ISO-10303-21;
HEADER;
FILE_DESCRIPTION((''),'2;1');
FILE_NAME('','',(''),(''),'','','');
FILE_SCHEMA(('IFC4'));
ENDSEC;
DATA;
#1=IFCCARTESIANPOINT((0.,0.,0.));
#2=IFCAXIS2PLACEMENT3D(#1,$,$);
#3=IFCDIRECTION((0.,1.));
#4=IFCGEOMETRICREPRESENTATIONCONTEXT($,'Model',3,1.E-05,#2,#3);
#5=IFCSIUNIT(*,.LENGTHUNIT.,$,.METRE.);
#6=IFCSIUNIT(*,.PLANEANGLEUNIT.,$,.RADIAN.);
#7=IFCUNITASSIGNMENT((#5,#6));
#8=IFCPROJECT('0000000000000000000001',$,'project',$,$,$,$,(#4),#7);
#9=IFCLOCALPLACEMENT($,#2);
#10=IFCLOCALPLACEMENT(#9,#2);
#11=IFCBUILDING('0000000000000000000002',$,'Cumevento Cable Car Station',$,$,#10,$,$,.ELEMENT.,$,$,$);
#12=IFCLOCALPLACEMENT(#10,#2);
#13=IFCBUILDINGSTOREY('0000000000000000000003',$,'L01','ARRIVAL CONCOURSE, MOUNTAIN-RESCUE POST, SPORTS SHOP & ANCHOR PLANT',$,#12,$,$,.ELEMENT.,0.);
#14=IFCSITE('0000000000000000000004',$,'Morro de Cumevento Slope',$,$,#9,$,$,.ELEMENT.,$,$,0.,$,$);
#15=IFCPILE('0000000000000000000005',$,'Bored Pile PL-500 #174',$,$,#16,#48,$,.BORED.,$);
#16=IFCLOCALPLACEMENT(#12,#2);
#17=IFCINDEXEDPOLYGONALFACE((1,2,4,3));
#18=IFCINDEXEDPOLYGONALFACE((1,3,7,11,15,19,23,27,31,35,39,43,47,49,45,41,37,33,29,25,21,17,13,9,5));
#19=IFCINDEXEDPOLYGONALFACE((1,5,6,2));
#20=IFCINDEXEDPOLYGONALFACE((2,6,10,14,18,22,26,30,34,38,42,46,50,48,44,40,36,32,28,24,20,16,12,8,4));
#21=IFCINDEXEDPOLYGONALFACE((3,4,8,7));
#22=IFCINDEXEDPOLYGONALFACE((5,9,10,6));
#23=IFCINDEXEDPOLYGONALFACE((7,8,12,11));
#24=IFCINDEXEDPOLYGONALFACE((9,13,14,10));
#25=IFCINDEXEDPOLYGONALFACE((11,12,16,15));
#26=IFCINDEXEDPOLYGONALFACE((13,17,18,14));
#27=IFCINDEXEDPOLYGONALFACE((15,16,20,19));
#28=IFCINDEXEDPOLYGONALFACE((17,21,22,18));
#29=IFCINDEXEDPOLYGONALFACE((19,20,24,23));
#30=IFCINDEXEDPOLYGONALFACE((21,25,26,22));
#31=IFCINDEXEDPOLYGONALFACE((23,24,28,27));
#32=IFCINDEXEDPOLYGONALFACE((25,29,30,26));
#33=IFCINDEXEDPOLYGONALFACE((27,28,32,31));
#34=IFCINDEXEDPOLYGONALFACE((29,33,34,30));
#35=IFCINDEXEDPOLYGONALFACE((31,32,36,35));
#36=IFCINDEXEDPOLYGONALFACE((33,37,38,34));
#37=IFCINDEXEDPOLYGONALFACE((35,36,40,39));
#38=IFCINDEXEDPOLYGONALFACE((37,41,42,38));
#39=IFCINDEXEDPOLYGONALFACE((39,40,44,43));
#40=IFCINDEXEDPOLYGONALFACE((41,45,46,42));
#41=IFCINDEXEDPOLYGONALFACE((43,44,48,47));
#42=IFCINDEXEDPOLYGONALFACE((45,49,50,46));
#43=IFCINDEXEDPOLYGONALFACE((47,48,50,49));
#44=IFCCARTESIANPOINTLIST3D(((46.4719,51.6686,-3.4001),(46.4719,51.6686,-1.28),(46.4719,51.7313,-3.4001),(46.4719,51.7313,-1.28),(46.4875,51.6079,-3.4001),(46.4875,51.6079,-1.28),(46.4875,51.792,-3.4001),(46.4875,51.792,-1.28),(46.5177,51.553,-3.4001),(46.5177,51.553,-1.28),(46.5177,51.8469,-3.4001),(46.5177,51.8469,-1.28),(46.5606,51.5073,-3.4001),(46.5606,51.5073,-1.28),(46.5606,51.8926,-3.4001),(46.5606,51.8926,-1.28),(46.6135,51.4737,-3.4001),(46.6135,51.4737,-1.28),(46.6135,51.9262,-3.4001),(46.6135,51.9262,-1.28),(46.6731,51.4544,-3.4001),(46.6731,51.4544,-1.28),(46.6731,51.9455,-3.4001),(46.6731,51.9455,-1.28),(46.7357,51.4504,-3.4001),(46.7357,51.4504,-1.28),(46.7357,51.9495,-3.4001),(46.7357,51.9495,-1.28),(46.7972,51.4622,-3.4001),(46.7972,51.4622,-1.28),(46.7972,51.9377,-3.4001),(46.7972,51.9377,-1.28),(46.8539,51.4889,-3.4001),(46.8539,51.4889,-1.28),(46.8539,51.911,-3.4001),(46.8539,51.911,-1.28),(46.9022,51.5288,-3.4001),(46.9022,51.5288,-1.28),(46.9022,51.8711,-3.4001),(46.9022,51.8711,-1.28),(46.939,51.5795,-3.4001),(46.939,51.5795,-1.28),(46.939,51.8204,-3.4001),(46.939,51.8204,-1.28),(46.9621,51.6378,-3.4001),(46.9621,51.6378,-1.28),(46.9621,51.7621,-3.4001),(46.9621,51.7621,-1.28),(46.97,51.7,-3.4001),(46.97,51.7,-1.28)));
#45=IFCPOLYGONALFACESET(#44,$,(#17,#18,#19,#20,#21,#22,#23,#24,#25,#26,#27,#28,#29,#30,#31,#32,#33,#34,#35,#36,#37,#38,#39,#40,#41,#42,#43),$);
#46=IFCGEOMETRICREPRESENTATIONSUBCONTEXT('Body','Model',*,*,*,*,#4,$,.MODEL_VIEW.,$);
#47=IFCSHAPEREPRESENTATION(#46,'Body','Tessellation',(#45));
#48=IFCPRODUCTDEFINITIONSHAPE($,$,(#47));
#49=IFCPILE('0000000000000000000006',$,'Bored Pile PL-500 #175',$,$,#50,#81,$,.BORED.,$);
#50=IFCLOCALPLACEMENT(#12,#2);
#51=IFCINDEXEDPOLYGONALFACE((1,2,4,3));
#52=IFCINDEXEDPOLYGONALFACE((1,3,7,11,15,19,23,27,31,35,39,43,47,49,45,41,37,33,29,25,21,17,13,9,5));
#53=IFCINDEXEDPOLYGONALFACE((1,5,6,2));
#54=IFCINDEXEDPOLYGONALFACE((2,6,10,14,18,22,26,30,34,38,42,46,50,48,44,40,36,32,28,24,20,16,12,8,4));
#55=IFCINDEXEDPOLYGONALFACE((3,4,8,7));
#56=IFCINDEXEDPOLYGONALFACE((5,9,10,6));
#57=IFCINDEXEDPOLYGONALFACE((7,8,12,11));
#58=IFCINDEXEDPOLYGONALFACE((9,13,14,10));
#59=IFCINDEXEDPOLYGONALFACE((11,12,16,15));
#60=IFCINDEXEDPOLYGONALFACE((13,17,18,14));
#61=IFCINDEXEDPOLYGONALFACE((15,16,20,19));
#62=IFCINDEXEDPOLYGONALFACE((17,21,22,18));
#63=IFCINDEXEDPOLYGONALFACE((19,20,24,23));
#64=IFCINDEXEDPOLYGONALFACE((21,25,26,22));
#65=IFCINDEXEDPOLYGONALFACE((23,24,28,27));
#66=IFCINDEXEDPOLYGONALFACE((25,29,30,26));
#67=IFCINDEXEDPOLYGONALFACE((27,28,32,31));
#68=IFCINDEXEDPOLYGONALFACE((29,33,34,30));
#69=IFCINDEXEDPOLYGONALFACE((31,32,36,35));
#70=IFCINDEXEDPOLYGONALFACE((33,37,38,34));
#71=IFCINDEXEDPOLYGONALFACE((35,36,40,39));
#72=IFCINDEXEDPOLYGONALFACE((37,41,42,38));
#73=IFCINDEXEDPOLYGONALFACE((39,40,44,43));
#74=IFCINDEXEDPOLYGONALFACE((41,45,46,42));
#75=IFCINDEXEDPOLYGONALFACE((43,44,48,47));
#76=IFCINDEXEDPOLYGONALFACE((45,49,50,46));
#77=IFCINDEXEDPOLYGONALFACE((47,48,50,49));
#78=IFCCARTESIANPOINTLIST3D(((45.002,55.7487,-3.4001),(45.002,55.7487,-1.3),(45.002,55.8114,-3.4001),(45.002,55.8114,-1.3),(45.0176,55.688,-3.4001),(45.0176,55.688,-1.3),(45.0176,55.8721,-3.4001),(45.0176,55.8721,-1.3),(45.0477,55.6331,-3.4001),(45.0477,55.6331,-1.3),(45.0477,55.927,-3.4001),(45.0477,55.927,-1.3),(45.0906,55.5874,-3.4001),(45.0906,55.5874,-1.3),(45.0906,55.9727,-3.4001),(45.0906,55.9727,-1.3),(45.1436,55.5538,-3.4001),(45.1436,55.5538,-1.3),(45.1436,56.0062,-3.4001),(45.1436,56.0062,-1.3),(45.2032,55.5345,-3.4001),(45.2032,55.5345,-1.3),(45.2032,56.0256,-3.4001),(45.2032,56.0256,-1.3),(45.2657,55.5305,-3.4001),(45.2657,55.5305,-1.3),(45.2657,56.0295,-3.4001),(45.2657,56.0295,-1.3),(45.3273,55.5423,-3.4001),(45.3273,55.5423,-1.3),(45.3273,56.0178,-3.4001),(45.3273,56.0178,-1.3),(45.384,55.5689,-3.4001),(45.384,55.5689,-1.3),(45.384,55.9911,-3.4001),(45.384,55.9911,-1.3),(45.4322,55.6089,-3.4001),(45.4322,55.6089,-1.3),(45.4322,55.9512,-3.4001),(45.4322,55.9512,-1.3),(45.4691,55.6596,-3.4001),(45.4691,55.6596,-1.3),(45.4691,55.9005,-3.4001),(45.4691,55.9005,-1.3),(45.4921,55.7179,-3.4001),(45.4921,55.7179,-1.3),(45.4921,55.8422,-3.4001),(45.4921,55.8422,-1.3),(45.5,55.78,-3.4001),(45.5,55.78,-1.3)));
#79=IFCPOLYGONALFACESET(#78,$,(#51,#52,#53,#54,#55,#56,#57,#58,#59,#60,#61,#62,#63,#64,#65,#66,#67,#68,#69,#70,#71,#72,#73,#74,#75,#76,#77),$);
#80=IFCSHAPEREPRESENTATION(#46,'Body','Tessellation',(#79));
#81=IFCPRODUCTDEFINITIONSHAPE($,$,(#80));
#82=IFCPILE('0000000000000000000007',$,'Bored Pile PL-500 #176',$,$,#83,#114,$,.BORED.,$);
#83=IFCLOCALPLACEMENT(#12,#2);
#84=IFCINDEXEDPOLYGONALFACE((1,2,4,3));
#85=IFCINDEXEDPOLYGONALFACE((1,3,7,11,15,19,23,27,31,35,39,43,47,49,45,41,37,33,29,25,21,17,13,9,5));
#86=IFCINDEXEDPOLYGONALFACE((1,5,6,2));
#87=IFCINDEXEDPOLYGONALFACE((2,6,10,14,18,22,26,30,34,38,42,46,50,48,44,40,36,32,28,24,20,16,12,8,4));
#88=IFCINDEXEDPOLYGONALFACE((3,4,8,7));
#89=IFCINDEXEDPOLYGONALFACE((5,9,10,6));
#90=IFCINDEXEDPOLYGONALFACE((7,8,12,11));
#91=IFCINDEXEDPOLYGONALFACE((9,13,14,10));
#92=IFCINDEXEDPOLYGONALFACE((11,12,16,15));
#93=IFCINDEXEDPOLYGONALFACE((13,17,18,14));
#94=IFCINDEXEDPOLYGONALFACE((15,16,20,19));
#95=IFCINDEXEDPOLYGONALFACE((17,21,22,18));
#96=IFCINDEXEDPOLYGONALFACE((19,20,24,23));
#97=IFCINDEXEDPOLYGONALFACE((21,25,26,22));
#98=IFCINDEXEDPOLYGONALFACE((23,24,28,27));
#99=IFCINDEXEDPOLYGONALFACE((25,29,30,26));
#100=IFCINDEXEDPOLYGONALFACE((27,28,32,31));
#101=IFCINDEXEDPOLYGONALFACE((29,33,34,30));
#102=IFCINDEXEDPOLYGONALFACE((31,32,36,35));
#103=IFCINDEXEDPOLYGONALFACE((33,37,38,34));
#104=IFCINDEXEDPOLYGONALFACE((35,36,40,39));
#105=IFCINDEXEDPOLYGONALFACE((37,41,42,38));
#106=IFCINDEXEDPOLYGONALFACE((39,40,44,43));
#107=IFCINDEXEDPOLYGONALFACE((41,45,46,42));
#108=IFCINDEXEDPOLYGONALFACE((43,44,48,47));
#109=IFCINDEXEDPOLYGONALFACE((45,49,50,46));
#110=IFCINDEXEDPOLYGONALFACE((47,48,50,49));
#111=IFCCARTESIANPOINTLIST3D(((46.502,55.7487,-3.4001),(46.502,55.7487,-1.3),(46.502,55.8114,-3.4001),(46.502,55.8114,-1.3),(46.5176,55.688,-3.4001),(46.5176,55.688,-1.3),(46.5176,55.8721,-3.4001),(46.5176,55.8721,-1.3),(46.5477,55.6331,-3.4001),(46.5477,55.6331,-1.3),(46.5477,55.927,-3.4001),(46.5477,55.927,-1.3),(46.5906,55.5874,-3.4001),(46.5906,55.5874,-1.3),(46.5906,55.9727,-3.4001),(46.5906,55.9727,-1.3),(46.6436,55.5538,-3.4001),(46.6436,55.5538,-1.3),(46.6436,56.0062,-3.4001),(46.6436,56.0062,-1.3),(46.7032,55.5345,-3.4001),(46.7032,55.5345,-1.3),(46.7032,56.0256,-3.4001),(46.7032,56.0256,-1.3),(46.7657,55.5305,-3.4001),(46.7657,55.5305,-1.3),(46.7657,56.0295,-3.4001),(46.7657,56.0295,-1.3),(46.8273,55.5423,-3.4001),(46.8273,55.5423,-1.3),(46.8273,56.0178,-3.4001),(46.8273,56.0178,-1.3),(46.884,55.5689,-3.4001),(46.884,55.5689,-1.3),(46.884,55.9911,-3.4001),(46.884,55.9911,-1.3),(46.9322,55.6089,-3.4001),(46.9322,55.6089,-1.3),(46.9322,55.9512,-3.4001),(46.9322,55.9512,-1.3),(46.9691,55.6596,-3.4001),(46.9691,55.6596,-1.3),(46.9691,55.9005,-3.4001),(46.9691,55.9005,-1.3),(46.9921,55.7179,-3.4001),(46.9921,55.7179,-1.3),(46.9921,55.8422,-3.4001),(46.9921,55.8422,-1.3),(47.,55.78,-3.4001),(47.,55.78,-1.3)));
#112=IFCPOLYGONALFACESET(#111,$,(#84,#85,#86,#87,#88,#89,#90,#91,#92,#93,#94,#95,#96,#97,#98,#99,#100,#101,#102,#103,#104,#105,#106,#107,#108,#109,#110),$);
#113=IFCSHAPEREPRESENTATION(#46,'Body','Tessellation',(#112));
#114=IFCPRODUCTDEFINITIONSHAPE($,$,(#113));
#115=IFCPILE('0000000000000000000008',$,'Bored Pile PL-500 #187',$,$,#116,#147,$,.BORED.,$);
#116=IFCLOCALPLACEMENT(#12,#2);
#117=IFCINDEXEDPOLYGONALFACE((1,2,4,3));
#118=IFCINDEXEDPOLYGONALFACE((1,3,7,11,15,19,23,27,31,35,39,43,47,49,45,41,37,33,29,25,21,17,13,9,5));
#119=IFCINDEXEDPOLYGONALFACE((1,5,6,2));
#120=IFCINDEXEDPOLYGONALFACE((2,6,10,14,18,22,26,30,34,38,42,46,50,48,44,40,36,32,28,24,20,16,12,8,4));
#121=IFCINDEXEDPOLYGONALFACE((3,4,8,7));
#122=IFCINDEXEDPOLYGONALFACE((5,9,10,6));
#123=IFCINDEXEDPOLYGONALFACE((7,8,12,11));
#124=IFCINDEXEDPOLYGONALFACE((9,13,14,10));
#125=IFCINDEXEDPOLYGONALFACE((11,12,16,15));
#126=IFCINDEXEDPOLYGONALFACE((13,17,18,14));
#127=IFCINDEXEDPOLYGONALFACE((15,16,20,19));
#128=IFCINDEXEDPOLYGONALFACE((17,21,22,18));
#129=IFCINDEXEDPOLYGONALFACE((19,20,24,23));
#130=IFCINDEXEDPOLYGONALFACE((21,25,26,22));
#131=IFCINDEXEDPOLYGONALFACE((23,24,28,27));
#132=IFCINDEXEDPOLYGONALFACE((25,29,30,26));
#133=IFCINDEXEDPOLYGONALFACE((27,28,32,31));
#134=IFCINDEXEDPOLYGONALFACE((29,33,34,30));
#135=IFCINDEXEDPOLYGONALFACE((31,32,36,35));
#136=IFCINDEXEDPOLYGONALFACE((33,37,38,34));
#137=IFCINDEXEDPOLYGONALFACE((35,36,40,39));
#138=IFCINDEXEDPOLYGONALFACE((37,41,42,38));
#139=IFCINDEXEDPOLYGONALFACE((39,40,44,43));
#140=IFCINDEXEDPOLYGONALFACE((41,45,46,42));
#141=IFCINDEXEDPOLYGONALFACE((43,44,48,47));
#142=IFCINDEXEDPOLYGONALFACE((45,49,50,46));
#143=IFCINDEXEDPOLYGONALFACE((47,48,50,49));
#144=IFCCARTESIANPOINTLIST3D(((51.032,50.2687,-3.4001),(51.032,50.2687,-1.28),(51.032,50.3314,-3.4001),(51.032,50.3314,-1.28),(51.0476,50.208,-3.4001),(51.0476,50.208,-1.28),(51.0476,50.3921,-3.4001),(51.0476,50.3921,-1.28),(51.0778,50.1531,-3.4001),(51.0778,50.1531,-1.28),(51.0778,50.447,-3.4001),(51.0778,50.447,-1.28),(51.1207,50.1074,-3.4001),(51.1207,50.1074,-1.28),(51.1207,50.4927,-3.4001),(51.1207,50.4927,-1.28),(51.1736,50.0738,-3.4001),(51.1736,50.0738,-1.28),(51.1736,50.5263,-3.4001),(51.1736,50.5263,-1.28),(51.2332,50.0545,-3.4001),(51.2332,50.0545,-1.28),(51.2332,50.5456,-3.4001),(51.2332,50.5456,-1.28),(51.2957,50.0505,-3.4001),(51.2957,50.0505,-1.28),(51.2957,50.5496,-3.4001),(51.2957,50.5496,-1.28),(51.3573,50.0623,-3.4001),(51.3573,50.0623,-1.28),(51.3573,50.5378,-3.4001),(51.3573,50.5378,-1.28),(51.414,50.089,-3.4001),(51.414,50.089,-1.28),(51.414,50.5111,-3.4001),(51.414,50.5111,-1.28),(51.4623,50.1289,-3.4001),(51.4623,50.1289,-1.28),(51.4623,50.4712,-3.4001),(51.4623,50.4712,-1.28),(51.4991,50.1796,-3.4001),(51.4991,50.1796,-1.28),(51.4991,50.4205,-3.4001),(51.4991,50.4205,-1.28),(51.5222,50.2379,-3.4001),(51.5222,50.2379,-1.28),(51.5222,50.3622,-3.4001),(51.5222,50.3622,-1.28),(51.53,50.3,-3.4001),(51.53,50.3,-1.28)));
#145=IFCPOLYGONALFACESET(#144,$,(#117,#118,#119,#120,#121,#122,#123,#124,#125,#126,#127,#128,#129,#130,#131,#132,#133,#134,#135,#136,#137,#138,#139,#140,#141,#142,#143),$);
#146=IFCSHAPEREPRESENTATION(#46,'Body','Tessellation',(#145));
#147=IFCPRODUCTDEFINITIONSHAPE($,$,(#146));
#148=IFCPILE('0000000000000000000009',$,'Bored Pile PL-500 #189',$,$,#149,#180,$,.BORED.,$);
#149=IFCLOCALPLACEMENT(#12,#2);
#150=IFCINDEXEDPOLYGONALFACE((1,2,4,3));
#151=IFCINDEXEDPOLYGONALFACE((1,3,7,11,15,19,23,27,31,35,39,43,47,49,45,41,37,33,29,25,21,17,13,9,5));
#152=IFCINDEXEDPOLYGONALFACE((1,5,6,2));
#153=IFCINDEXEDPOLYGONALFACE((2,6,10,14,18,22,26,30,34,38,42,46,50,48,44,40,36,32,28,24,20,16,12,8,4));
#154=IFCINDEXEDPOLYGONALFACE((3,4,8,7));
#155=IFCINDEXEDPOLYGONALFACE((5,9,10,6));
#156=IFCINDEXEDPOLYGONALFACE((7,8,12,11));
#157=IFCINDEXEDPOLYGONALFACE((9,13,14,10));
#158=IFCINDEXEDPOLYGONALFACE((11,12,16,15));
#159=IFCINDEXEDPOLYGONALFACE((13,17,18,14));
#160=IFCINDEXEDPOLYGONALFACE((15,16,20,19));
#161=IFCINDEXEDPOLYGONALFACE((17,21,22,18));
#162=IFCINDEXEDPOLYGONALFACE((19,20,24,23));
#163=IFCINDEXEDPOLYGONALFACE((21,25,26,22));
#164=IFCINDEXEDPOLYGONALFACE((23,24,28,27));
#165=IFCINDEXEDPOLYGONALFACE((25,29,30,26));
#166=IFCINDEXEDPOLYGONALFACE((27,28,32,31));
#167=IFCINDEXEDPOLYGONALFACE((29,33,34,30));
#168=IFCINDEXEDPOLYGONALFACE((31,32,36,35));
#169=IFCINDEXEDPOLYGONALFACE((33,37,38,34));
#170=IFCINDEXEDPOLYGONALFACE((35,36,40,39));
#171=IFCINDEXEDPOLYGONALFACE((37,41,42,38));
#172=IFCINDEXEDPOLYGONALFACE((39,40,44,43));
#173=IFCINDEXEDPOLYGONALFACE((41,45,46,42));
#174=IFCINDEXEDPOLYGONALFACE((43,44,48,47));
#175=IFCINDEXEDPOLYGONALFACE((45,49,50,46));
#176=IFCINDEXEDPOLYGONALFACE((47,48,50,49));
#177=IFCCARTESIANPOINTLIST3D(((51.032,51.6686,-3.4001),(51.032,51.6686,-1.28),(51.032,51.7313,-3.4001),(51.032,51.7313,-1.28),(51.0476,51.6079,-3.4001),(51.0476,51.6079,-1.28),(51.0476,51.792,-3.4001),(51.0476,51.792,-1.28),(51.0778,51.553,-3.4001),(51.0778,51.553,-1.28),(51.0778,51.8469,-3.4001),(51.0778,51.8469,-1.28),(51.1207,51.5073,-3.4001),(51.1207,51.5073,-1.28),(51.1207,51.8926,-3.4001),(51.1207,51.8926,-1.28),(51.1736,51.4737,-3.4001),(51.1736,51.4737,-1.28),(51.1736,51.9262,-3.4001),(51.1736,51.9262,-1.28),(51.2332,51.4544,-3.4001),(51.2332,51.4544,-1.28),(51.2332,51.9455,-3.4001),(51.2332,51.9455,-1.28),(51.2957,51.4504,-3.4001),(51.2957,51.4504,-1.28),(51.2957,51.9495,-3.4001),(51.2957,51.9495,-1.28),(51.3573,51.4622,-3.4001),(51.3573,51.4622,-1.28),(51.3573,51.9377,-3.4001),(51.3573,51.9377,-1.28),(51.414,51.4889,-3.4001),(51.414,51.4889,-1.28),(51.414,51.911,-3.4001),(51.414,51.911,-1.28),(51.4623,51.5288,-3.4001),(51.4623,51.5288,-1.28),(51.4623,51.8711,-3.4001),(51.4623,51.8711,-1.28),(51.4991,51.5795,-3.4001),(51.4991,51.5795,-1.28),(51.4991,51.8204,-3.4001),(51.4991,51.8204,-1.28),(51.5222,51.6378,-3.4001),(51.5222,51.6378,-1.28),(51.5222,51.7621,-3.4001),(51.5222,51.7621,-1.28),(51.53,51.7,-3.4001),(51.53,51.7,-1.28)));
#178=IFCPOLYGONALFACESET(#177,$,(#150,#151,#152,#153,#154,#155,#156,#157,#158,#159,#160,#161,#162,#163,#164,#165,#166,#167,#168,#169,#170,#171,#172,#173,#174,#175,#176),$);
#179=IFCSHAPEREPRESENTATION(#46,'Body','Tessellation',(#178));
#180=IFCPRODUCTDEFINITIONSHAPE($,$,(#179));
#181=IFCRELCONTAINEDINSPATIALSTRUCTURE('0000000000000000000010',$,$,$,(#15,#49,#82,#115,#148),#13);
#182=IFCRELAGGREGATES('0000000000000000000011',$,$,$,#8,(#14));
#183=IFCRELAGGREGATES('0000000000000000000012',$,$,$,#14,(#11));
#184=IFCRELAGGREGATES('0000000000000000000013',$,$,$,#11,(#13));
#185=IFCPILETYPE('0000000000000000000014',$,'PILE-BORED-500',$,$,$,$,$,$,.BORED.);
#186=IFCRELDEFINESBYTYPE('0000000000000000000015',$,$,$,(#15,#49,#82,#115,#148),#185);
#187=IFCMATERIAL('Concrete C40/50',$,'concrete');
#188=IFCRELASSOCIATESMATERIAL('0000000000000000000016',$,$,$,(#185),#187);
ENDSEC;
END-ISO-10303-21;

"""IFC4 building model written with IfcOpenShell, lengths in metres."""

from ifc_helpers import new_model, si_unit, direction, frame, origin, origin_2d, place, context, subcontext, project, spatial, circle, extrude, material, material_profile, profile_set, type_object, element, save


model = new_model("IFC4")

# Units and contexts
model_context = context("Model", 3, precision=1e-05, world=origin(), true_north=direction((0.0, 1.0)))
body_context = subcontext(model_context, "Body", "Model", "MODEL_VIEW")
ifc_project = project(units=[si_unit("LENGTHUNIT", "METRE"), si_unit("PLANEANGLEUNIT", "RADIAN")], contexts=[model_context])

# Site, building, storey
site_placement = place(None, origin())
site = spatial("IfcSite", under=ifc_project, at=site_placement, Name="Morro de Cumevento Slope", CompositionType="ELEMENT", RefElevation=0.0)
building_placement = place(site_placement, origin())
building = spatial("IfcBuilding", under=site, at=building_placement, Name="Cumevento Cable Car Station", CompositionType="ELEMENT")
storey_placement = place(building_placement, origin())
storey = spatial("IfcBuildingStorey", under=building, at=storey_placement, Name="L01", Description="ARRIVAL CONCOURSE, MOUNTAIN-RESCUE POST, SPORTS SHOP & ANCHOR PLANT", CompositionType="ELEMENT", Elevation=0.0)

# Piles
ifc_material_1 = material(Name="Concrete C40/50", Category="concrete")
ifc_material_profile_1 = material_profile(ifc_material_1, circle(Radius=0.25, at=origin_2d()), Name="PILE-D500")
ifc_profile_set_1 = profile_set([ifc_material_profile_1], Name="Concrete C40/50")
pile_type = type_object("IfcPileType", Name="PILE-BORED-500", PredefinedType="BORED", material=ifc_profile_set_1)
for number, where, z_axis, x_axis, name in (
    (1, (46.72, 51.7, -1.28), (0.0, 0.0, -1.0), (1.0, 0.0, 0.0), "Bored Pile PL-500 #174"),
):
    element("IfcPile", number, at=place(storey_placement, frame(where, z_axis=z_axis, x_axis=x_axis)), inside=storey, type_object=pile_type, Name=name, PredefinedType="BORED", context=body_context, shape_type="SweptSolid", body=[
        extrude(circle(Radius=0.25, at=origin_2d()), origin(), (0.0, 0.0, 1.0), 2.1201),
    ])
for number, where, z_axis, x_axis, name in (
    (2, (45.25, 55.78, -1.3), (0.0, 0.0, -1.0), (1.0, 0.0, 0.0), "Bored Pile PL-500 #175"),
    (3, (46.75, 55.78, -1.3), (0.0, 0.0, -1.0), (1.0, 0.0, 0.0), "Bored Pile PL-500 #176"),
):
    element("IfcPile", number, at=place(storey_placement, frame(where, z_axis=z_axis, x_axis=x_axis)), inside=storey, type_object=pile_type, Name=name, PredefinedType="BORED", context=body_context, shape_type="SweptSolid", body=[
        extrude(circle(Radius=0.25, at=origin_2d()), origin(), (0.0, 0.0, 1.0), 2.1001),
    ])
for number, where, z_axis, x_axis, name in (
    (4, (51.28, 50.3, -1.28), (0.0, 0.0, -1.0), (1.0, 0.0, 0.0), "Bored Pile PL-500 #187"),
    (5, (51.28, 51.7, -1.28), (0.0, 0.0, -1.0), (1.0, 0.0, 0.0), "Bored Pile PL-500 #189"),
):
    element("IfcPile", number, at=place(storey_placement, frame(where, z_axis=z_axis, x_axis=x_axis)), inside=storey, type_object=pile_type, Name=name, PredefinedType="BORED", context=body_context, shape_type="SweptSolid", body=[
        extrude(circle(Radius=0.25, at=origin_2d()), origin(), (0.0, 0.0, 1.0), 2.1201),
    ])

save(model, "model.ifc")
